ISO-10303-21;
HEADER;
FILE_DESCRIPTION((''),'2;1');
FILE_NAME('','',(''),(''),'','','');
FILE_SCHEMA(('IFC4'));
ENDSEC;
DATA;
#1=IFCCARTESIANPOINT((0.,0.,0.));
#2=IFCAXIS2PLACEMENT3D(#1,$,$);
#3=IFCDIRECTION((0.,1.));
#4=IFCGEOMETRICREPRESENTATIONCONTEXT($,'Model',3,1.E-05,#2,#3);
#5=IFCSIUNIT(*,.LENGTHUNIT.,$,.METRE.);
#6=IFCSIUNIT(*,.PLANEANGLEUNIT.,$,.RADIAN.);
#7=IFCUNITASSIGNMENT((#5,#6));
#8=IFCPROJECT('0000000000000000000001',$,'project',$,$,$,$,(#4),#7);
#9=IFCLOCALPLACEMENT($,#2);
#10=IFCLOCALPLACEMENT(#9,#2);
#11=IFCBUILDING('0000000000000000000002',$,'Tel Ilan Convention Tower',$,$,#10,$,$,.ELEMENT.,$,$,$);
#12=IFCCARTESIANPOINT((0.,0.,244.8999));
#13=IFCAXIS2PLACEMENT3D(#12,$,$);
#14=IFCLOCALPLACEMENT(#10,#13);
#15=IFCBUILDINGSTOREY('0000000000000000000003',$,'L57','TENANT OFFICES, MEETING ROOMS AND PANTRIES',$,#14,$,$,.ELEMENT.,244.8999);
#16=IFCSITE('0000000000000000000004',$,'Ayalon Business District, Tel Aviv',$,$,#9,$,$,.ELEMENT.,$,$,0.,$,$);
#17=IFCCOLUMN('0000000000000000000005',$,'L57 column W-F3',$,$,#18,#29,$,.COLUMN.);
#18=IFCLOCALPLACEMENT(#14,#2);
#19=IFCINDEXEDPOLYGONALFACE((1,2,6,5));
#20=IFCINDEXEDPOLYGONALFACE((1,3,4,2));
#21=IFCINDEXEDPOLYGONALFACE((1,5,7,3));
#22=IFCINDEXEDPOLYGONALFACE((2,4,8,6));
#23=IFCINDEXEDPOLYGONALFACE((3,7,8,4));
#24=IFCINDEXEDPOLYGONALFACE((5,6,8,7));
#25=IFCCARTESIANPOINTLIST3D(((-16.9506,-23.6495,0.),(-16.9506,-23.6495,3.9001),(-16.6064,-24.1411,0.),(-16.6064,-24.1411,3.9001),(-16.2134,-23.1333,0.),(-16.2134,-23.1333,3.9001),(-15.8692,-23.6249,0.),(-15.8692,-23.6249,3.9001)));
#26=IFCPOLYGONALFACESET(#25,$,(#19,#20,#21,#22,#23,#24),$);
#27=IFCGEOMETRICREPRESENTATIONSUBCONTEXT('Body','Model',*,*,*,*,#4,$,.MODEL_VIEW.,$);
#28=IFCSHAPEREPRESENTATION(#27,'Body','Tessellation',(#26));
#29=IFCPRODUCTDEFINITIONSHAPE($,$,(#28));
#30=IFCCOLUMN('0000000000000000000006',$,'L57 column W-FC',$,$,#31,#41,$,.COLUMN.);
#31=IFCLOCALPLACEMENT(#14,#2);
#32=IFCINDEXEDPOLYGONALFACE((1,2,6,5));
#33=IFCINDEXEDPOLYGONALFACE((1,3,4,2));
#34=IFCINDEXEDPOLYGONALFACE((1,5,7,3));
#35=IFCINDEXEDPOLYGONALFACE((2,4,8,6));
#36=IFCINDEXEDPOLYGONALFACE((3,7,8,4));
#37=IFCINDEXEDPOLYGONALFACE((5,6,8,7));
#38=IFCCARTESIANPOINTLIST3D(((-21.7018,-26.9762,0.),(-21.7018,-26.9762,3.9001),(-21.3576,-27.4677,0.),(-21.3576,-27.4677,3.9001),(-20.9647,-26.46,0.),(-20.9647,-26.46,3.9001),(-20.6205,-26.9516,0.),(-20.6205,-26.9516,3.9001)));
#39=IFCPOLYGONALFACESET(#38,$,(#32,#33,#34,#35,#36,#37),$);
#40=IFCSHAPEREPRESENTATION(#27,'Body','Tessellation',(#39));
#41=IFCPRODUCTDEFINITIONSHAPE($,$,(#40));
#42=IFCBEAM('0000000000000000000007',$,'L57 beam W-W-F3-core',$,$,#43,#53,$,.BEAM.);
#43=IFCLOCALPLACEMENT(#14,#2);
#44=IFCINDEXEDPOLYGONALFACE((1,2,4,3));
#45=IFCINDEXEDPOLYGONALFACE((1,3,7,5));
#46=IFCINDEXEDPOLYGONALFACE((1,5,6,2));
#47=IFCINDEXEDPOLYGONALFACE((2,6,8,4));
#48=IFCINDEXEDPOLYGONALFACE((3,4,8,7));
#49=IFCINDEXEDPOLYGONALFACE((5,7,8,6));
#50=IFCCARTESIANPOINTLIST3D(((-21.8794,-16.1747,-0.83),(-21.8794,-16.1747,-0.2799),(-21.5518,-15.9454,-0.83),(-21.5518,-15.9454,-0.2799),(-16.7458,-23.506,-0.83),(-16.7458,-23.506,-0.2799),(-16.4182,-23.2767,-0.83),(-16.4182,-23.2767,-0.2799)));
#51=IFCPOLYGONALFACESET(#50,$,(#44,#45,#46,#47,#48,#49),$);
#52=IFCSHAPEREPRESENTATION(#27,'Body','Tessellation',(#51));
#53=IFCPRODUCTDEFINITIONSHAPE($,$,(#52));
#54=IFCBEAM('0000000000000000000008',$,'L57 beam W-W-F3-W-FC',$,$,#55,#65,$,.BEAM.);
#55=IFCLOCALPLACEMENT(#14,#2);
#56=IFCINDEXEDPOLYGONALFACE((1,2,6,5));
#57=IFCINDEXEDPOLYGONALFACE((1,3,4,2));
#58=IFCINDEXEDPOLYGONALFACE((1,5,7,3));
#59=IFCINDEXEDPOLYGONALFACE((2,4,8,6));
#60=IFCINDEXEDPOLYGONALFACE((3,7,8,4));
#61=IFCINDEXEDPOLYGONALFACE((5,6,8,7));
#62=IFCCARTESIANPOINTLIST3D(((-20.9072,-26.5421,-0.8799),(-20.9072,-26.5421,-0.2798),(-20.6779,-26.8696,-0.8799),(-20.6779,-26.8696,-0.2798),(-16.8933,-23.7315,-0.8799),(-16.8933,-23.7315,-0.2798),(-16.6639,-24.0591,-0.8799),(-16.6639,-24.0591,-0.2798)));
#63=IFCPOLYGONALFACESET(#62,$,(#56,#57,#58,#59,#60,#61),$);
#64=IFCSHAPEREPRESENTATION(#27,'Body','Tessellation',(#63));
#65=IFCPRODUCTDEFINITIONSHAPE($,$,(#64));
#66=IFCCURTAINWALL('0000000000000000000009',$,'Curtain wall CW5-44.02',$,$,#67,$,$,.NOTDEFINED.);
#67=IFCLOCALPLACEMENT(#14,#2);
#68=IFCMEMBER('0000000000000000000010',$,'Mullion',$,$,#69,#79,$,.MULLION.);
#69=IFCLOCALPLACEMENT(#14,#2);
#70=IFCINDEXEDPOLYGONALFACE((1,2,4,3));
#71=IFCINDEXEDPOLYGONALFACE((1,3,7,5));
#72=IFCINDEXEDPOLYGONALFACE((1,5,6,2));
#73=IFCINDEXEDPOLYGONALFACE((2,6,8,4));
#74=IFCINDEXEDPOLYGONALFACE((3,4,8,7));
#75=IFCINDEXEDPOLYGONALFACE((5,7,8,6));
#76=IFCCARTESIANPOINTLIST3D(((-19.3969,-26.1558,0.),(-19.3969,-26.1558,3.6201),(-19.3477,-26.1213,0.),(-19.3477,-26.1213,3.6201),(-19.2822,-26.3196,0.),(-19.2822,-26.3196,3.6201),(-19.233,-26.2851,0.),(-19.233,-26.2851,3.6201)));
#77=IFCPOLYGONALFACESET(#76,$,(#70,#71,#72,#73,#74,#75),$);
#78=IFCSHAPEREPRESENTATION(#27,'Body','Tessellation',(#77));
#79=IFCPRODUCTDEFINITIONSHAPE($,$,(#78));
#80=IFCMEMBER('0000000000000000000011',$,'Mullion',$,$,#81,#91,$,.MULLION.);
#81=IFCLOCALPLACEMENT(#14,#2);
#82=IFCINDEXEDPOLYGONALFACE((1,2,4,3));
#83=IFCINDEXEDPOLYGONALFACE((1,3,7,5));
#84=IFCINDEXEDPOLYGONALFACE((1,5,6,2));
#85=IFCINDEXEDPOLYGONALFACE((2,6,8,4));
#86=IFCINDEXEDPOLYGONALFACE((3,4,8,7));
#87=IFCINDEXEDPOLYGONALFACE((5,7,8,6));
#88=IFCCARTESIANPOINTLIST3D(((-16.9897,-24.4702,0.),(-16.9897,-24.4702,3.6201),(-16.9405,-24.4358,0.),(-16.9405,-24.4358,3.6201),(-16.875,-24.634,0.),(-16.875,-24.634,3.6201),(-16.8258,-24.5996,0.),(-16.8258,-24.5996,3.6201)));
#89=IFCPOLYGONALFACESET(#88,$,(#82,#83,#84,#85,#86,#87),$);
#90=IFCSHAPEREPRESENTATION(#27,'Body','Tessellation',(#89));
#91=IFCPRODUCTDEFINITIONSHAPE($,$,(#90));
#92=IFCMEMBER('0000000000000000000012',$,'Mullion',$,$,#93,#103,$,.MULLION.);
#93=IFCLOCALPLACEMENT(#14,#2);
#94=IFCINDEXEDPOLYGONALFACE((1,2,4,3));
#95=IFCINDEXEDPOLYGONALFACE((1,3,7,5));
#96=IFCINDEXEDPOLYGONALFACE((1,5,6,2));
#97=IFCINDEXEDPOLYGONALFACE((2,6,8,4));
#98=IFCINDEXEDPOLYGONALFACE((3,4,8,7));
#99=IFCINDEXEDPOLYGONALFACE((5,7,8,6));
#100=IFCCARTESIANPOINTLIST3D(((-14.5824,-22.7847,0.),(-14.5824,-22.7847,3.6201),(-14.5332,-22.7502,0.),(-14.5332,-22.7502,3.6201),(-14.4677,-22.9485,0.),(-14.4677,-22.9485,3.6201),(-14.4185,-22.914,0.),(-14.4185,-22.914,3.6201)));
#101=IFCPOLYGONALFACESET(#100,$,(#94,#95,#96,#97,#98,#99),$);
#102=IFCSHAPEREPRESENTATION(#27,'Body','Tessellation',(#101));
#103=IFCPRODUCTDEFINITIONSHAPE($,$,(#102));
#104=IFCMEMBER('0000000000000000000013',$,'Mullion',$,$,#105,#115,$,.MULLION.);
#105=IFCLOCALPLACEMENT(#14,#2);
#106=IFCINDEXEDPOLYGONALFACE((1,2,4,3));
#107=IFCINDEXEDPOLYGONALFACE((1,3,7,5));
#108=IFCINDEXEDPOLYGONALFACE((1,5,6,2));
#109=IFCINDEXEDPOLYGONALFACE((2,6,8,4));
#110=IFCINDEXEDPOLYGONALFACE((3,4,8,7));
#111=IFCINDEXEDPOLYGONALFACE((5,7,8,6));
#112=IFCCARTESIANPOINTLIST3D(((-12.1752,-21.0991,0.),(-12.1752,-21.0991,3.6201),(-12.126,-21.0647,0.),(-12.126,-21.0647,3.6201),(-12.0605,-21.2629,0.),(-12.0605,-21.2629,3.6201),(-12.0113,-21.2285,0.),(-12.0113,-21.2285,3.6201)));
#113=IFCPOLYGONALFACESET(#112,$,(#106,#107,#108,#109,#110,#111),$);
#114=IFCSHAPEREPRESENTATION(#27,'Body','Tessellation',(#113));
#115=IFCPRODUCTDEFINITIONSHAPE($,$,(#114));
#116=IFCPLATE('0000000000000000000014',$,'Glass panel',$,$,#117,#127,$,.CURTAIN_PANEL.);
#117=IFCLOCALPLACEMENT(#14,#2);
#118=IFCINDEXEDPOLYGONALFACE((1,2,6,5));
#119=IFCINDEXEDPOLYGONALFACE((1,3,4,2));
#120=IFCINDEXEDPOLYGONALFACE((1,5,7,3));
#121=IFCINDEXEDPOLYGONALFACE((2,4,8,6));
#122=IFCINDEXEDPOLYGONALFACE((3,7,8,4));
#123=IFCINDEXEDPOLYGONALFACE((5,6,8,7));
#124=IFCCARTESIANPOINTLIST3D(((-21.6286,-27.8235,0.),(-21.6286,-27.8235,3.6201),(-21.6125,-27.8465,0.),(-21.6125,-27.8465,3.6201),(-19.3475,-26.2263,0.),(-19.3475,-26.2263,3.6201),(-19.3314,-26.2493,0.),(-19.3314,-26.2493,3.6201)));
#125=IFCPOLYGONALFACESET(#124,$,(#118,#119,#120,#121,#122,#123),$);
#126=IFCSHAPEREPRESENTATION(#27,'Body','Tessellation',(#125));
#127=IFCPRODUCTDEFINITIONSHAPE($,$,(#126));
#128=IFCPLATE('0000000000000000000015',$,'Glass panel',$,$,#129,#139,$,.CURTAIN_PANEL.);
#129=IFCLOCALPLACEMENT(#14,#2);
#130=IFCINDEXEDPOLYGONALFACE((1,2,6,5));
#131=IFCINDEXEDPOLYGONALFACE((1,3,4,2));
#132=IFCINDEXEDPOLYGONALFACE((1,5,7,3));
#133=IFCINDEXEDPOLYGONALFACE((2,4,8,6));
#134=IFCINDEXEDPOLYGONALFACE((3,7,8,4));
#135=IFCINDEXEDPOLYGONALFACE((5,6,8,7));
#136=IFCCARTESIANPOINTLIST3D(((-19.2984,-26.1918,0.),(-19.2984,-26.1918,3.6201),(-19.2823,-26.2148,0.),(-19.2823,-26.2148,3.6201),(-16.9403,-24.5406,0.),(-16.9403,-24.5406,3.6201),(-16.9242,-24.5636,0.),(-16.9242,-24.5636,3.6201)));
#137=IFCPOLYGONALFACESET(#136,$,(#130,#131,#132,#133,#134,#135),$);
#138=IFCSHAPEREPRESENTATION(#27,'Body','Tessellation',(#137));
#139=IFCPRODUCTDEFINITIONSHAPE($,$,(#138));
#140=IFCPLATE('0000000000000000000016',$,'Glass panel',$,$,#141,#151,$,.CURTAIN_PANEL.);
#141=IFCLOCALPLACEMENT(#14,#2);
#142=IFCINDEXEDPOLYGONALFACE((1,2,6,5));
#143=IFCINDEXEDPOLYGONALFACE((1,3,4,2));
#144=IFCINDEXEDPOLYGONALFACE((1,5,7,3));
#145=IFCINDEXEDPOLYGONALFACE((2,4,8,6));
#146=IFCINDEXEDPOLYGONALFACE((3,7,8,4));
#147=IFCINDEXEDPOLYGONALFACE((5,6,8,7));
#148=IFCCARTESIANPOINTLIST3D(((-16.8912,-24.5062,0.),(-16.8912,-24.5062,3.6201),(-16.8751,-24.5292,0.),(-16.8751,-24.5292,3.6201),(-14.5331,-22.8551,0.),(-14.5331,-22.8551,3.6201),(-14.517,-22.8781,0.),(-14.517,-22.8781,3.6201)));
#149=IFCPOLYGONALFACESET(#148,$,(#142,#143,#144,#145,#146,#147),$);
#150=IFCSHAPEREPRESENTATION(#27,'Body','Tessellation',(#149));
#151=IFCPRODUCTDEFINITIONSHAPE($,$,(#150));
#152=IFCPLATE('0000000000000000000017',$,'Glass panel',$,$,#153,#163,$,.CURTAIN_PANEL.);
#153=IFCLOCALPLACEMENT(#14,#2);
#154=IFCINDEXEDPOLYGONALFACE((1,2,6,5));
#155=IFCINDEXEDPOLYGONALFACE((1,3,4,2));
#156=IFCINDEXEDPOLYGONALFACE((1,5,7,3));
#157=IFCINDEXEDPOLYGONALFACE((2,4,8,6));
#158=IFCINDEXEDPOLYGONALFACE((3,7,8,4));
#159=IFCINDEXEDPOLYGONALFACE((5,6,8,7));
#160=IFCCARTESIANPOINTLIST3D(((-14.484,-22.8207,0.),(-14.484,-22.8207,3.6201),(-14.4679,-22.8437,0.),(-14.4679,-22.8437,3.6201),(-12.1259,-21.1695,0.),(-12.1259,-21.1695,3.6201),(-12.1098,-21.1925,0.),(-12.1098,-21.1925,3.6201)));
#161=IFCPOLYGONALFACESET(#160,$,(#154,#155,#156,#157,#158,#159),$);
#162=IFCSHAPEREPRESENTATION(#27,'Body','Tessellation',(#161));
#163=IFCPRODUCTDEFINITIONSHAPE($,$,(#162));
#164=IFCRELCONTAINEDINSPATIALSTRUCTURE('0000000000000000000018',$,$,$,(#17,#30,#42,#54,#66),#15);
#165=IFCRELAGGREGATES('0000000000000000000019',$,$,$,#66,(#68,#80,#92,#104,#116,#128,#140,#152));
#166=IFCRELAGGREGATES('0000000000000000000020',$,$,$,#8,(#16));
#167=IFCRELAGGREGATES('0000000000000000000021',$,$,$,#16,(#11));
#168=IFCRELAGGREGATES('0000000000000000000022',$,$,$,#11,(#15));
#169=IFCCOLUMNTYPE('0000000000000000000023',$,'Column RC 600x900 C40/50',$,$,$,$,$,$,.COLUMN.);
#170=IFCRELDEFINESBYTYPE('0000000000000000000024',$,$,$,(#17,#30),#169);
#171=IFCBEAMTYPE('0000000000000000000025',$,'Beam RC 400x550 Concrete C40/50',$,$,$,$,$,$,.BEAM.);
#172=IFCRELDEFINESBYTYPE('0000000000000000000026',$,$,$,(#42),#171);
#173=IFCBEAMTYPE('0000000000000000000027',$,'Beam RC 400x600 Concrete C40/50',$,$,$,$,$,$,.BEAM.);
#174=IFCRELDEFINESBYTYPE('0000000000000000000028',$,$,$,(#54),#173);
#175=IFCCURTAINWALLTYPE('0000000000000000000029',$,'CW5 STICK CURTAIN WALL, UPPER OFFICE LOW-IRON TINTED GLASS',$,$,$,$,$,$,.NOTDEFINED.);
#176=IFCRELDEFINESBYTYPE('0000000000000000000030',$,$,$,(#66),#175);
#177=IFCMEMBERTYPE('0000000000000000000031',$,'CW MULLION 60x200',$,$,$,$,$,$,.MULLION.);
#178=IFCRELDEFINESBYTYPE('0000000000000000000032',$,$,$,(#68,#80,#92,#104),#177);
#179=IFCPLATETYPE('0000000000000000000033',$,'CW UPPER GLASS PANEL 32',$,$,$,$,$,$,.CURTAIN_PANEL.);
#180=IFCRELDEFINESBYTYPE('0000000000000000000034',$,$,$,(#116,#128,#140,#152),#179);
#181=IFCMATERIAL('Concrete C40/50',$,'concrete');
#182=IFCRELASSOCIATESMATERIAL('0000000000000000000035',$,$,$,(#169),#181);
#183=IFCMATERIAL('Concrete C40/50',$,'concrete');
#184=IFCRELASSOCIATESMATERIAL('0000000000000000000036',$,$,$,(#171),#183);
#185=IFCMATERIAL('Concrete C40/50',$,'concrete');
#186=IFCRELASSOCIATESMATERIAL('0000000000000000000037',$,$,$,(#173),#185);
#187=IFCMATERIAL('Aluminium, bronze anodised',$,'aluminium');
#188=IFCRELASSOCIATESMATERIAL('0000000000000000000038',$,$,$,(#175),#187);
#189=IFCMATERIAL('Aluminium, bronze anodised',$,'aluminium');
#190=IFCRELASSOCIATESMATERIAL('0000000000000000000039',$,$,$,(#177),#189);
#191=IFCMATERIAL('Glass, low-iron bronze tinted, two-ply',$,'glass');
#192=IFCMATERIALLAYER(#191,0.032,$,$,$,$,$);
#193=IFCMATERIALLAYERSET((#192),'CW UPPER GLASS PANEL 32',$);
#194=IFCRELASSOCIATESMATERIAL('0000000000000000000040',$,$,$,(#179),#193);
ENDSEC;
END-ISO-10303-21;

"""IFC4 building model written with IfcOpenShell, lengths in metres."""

from ifc_helpers import new_model, si_unit, direction, frame, origin, origin_2d, place, context, subcontext, project, spatial, rectangle, extrude, material, layer, layer_set, material_profile, profile_set, type_object, element, aggregate, save


model = new_model("IFC4")

# Units and contexts
model_context = context("Model", 3, precision=1e-05, world=origin(), true_north=direction((0.0, 1.0)))
body_context = subcontext(model_context, "Body", "Model", "MODEL_VIEW")
ifc_project = project(units=[si_unit("LENGTHUNIT", "METRE"), si_unit("PLANEANGLEUNIT", "RADIAN")], contexts=[model_context])

# Site, building, storey
site_placement = place(None, origin())
site = spatial("IfcSite", under=ifc_project, at=site_placement, Name="Ayalon Business District, Tel Aviv", CompositionType="ELEMENT", RefElevation=0.0)
building_placement = place(site_placement, origin())
building = spatial("IfcBuilding", under=site, at=building_placement, Name="Tel Ilan Convention Tower", CompositionType="ELEMENT")
storey_placement = place(building_placement, frame((0.0, 0.0, 244.8999)))
storey = spatial("IfcBuildingStorey", under=building, at=storey_placement, Name="L57", Description="TENANT OFFICES, MEETING ROOMS AND PANTRIES", CompositionType="ELEMENT", Elevation=244.8999)

# Columns
ifc_material_1 = material(Name="Concrete C40/50", Category="concrete")
ifc_material_profile_1 = material_profile(ifc_material_1, rectangle(XDim=0.8999, YDim=0.6001, at=origin_2d()), Name="RC 600x900")
ifc_profile_set_1 = profile_set([ifc_material_profile_1], Name="Concrete C40/50")
column_type = type_object("IfcColumnType", Name="Column RC 600x900 C40/50", PredefinedType="COLUMN", material=ifc_profile_set_1)
for number, where, z_axis, x_axis, name in (
    (1, (-16.4099, -23.6372, 0.0), (0.0, 0.0, 1.0), (-0.819152, -0.573576, 0.0), "L57 column W-F3"),
    (2, (-21.1611, -26.9639, 0.0), (0.0, 0.0, 1.0), (-0.819152, -0.573576, 0.0), "L57 column W-FC"),
):
    element("IfcColumn", number, at=place(storey_placement, frame(where, z_axis=z_axis, x_axis=x_axis)), inside=storey, type_object=column_type, Name=name, PredefinedType="COLUMN", context=body_context, shape_type="SweptSolid", body=[
        extrude(rectangle(XDim=0.8999, YDim=0.6001, at=origin_2d()), origin(), (0.0, 0.0, 1.0), 3.9001),
    ])

# Beams
ifc_material_2 = material(Name="Concrete C40/50", Category="concrete")
ifc_material_profile_2 = material_profile(ifc_material_2, rectangle(XDim=0.3999, YDim=0.55, at=origin_2d()), Name="RC 400x550")
ifc_profile_set_2 = profile_set([ifc_material_profile_2], Name="Concrete C40/50")
beam_type_1 = type_object("IfcBeamType", Name="Beam RC 400x550 Concrete C40/50", PredefinedType="BEAM", material=ifc_profile_set_2)
beam_1_placement = place(storey_placement, frame((-16.582, -23.3914, -0.5549), z_axis=(-0.573585, 0.819146, 0.0), x_axis=(-0.819146, -0.573585, 0.0)))
element("IfcBeam", 3, at=beam_1_placement, inside=storey, type_object=beam_type_1, Name="L57 beam W-W-F3-core", PredefinedType="BEAM", context=body_context, shape_type="SweptSolid", body=[
    extrude(rectangle(XDim=0.3999, YDim=0.55, at=origin_2d()), origin(), (0.0, 0.0, 1.0), 8.95),
])
ifc_material_3 = material(Name="Concrete C40/50", Category="concrete")
ifc_material_profile_3 = material_profile(ifc_material_3, rectangle(XDim=0.3999, YDim=0.6001, at=origin_2d()), Name="RC 400x600")
ifc_profile_set_3 = profile_set([ifc_material_profile_3], Name="Concrete C40/50")
beam_type_2 = type_object("IfcBeamType", Name="Beam RC 400x600 Concrete C40/50", PredefinedType="BEAM", material=ifc_profile_set_3)
beam_2_placement = place(storey_placement, frame((-16.7786, -23.8953, -0.5798), z_axis=(-0.819155, -0.573573, 0.0), x_axis=(0.573573, -0.819155, 0.0)))
element("IfcBeam", 4, at=beam_2_placement, inside=storey, type_object=beam_type_2, Name="L57 beam W-W-F3-W-FC", PredefinedType="BEAM", context=body_context, shape_type="SweptSolid", body=[
    extrude(rectangle(XDim=0.3999, YDim=0.6001, at=origin_2d()), origin(), (0.0, 0.0, 1.0), 4.9001),
])

# Curtain wall, members, plates
ifc_material_4 = material(Name="Aluminium, bronze anodised", Category="aluminium")
curtain_wall_type = type_object("IfcCurtainWallType", Name="CW5 STICK CURTAIN WALL, UPPER OFFICE LOW-IRON TINTED GLASS", PredefinedType="NOTDEFINED", material=ifc_material_4)
curtain_wall_placement = place(storey_placement, origin())
curtain_wall = element("IfcCurtainWall", 5, at=curtain_wall_placement, inside=storey, type_object=curtain_wall_type, Name="Curtain wall CW5-44.02", PredefinedType="NOTDEFINED")
ifc_material_5 = material(Name="Aluminium, bronze anodised", Category="aluminium")
ifc_material_profile_4 = material_profile(ifc_material_5, rectangle(XDim=0.0601, YDim=0.2, at=origin_2d()), Name="CW MULLION 60x200")
ifc_profile_set_4 = profile_set([ifc_material_profile_4], Name="Aluminium, bronze anodised")
member_type = type_object("IfcMemberType", Name="CW MULLION 60x200", PredefinedType="MULLION", material=ifc_profile_set_4)
member_1_placement = place(storey_placement, frame((-19.3149, -26.2205, 0.0), z_axis=(0.0, 0.0, 1.0), x_axis=(0.819152, 0.573576, 0.0)))
member_1 = element("IfcMember", 6, at=member_1_placement, type_object=member_type, Name="Mullion", PredefinedType="MULLION", context=body_context, shape_type="SweptSolid", body=[
    extrude(rectangle(XDim=0.0601, YDim=0.2, at=origin_2d()), origin(), (0.0, 0.0, 1.0), 3.6201),
])
member_2_placement = place(storey_placement, frame((-16.9077, -24.5349, 0.0), z_axis=(0.0, 0.0, 1.0), x_axis=(0.819152, 0.573576, 0.0)))
member_2 = element("IfcMember", 7, at=member_2_placement, type_object=member_type, Name="Mullion", PredefinedType="MULLION", context=body_context, shape_type="SweptSolid", body=[
    extrude(rectangle(XDim=0.0601, YDim=0.2, at=origin_2d()), origin(), (0.0, 0.0, 1.0), 3.6201),
])
member_3_placement = place(storey_placement, frame((-14.5005, -22.8494, 0.0), z_axis=(0.0, 0.0, 1.0), x_axis=(0.819152, 0.573576, 0.0)))
member_3 = element("IfcMember", 8, at=member_3_placement, type_object=member_type, Name="Mullion", PredefinedType="MULLION", context=body_context, shape_type="SweptSolid", body=[
    extrude(rectangle(XDim=0.0601, YDim=0.2, at=origin_2d()), origin(), (0.0, 0.0, 1.0), 3.6201),
])
member_4_placement = place(storey_placement, frame((-12.0933, -21.1638, 0.0), z_axis=(0.0, 0.0, 1.0), x_axis=(0.819152, 0.573576, 0.0)))
member_4 = element("IfcMember", 9, at=member_4_placement, type_object=member_type, Name="Mullion", PredefinedType="MULLION", context=body_context, shape_type="SweptSolid", body=[
    extrude(rectangle(XDim=0.0601, YDim=0.2, at=origin_2d()), origin(), (0.0, 0.0, 1.0), 3.6201),
])
ifc_material_6 = material(Name="Glass, low-iron bronze tinted, two-ply", Category="glass")
ifc_layer_1 = layer(ifc_material_6, 0.032)
ifc_layer_set_1 = layer_set([ifc_layer_1], Name="CW UPPER GLASS PANEL 32")
plate_type = type_object("IfcPlateType", Name="CW UPPER GLASS PANEL 32", PredefinedType="CURTAIN_PANEL", material=ifc_layer_set_1)
plate_1_placement = place(storey_placement, frame((-20.48, -27.0364, 0.0), z_axis=(0.0, 0.0, 1.0), x_axis=(0.819152, 0.573576, 0.0)))
plate_1 = element("IfcPlate", 10, at=plate_1_placement, type_object=plate_type, Name="Glass panel", PredefinedType="CURTAIN_PANEL", context=body_context, shape_type="SweptSolid", body=[
    extrude(rectangle(XDim=2.7847, YDim=0.0281, at=origin_2d()), origin(), (0.0, 0.0, 1.0), 3.6201),
])
plate_2_placement = place(storey_placement, frame((-18.1113, -25.3777, 0.0), z_axis=(0.0, 0.0, 1.0), x_axis=(0.819152, 0.573576, 0.0)))
plate_2 = element("IfcPlate", 11, at=plate_2_placement, type_object=plate_type, Name="Glass panel", PredefinedType="CURTAIN_PANEL", context=body_context, shape_type="SweptSolid", body=[
    extrude(rectangle(XDim=2.8787, YDim=0.0281, at=origin_2d()), origin(), (0.0, 0.0, 1.0), 3.6201),
])
plate_3_placement = place(storey_placement, frame((-15.7041, -23.6921, 0.0), z_axis=(0.0, 0.0, 1.0), x_axis=(0.819152, 0.573576, 0.0)))
plate_3 = element("IfcPlate", 12, at=plate_3_placement, type_object=plate_type, Name="Glass panel", PredefinedType="CURTAIN_PANEL", context=body_context, shape_type="SweptSolid", body=[
    extrude(rectangle(XDim=2.8787, YDim=0.0281, at=origin_2d()), origin(), (0.0, 0.0, 1.0), 3.6201),
])
plate_4_placement = place(storey_placement, frame((-13.2969, -22.0066, 0.0), z_axis=(0.0, 0.0, 1.0), x_axis=(0.819152, 0.573576, 0.0)))
plate_4 = element("IfcPlate", 13, at=plate_4_placement, type_object=plate_type, Name="Glass panel", PredefinedType="CURTAIN_PANEL", context=body_context, shape_type="SweptSolid", body=[
    extrude(rectangle(XDim=2.8787, YDim=0.0281, at=origin_2d()), origin(), (0.0, 0.0, 1.0), 3.6201),
])
aggregate(curtain_wall, [member_1, member_2, member_3, member_4, plate_1, plate_2, plate_3, plate_4])

save(model, "model.ifc")
